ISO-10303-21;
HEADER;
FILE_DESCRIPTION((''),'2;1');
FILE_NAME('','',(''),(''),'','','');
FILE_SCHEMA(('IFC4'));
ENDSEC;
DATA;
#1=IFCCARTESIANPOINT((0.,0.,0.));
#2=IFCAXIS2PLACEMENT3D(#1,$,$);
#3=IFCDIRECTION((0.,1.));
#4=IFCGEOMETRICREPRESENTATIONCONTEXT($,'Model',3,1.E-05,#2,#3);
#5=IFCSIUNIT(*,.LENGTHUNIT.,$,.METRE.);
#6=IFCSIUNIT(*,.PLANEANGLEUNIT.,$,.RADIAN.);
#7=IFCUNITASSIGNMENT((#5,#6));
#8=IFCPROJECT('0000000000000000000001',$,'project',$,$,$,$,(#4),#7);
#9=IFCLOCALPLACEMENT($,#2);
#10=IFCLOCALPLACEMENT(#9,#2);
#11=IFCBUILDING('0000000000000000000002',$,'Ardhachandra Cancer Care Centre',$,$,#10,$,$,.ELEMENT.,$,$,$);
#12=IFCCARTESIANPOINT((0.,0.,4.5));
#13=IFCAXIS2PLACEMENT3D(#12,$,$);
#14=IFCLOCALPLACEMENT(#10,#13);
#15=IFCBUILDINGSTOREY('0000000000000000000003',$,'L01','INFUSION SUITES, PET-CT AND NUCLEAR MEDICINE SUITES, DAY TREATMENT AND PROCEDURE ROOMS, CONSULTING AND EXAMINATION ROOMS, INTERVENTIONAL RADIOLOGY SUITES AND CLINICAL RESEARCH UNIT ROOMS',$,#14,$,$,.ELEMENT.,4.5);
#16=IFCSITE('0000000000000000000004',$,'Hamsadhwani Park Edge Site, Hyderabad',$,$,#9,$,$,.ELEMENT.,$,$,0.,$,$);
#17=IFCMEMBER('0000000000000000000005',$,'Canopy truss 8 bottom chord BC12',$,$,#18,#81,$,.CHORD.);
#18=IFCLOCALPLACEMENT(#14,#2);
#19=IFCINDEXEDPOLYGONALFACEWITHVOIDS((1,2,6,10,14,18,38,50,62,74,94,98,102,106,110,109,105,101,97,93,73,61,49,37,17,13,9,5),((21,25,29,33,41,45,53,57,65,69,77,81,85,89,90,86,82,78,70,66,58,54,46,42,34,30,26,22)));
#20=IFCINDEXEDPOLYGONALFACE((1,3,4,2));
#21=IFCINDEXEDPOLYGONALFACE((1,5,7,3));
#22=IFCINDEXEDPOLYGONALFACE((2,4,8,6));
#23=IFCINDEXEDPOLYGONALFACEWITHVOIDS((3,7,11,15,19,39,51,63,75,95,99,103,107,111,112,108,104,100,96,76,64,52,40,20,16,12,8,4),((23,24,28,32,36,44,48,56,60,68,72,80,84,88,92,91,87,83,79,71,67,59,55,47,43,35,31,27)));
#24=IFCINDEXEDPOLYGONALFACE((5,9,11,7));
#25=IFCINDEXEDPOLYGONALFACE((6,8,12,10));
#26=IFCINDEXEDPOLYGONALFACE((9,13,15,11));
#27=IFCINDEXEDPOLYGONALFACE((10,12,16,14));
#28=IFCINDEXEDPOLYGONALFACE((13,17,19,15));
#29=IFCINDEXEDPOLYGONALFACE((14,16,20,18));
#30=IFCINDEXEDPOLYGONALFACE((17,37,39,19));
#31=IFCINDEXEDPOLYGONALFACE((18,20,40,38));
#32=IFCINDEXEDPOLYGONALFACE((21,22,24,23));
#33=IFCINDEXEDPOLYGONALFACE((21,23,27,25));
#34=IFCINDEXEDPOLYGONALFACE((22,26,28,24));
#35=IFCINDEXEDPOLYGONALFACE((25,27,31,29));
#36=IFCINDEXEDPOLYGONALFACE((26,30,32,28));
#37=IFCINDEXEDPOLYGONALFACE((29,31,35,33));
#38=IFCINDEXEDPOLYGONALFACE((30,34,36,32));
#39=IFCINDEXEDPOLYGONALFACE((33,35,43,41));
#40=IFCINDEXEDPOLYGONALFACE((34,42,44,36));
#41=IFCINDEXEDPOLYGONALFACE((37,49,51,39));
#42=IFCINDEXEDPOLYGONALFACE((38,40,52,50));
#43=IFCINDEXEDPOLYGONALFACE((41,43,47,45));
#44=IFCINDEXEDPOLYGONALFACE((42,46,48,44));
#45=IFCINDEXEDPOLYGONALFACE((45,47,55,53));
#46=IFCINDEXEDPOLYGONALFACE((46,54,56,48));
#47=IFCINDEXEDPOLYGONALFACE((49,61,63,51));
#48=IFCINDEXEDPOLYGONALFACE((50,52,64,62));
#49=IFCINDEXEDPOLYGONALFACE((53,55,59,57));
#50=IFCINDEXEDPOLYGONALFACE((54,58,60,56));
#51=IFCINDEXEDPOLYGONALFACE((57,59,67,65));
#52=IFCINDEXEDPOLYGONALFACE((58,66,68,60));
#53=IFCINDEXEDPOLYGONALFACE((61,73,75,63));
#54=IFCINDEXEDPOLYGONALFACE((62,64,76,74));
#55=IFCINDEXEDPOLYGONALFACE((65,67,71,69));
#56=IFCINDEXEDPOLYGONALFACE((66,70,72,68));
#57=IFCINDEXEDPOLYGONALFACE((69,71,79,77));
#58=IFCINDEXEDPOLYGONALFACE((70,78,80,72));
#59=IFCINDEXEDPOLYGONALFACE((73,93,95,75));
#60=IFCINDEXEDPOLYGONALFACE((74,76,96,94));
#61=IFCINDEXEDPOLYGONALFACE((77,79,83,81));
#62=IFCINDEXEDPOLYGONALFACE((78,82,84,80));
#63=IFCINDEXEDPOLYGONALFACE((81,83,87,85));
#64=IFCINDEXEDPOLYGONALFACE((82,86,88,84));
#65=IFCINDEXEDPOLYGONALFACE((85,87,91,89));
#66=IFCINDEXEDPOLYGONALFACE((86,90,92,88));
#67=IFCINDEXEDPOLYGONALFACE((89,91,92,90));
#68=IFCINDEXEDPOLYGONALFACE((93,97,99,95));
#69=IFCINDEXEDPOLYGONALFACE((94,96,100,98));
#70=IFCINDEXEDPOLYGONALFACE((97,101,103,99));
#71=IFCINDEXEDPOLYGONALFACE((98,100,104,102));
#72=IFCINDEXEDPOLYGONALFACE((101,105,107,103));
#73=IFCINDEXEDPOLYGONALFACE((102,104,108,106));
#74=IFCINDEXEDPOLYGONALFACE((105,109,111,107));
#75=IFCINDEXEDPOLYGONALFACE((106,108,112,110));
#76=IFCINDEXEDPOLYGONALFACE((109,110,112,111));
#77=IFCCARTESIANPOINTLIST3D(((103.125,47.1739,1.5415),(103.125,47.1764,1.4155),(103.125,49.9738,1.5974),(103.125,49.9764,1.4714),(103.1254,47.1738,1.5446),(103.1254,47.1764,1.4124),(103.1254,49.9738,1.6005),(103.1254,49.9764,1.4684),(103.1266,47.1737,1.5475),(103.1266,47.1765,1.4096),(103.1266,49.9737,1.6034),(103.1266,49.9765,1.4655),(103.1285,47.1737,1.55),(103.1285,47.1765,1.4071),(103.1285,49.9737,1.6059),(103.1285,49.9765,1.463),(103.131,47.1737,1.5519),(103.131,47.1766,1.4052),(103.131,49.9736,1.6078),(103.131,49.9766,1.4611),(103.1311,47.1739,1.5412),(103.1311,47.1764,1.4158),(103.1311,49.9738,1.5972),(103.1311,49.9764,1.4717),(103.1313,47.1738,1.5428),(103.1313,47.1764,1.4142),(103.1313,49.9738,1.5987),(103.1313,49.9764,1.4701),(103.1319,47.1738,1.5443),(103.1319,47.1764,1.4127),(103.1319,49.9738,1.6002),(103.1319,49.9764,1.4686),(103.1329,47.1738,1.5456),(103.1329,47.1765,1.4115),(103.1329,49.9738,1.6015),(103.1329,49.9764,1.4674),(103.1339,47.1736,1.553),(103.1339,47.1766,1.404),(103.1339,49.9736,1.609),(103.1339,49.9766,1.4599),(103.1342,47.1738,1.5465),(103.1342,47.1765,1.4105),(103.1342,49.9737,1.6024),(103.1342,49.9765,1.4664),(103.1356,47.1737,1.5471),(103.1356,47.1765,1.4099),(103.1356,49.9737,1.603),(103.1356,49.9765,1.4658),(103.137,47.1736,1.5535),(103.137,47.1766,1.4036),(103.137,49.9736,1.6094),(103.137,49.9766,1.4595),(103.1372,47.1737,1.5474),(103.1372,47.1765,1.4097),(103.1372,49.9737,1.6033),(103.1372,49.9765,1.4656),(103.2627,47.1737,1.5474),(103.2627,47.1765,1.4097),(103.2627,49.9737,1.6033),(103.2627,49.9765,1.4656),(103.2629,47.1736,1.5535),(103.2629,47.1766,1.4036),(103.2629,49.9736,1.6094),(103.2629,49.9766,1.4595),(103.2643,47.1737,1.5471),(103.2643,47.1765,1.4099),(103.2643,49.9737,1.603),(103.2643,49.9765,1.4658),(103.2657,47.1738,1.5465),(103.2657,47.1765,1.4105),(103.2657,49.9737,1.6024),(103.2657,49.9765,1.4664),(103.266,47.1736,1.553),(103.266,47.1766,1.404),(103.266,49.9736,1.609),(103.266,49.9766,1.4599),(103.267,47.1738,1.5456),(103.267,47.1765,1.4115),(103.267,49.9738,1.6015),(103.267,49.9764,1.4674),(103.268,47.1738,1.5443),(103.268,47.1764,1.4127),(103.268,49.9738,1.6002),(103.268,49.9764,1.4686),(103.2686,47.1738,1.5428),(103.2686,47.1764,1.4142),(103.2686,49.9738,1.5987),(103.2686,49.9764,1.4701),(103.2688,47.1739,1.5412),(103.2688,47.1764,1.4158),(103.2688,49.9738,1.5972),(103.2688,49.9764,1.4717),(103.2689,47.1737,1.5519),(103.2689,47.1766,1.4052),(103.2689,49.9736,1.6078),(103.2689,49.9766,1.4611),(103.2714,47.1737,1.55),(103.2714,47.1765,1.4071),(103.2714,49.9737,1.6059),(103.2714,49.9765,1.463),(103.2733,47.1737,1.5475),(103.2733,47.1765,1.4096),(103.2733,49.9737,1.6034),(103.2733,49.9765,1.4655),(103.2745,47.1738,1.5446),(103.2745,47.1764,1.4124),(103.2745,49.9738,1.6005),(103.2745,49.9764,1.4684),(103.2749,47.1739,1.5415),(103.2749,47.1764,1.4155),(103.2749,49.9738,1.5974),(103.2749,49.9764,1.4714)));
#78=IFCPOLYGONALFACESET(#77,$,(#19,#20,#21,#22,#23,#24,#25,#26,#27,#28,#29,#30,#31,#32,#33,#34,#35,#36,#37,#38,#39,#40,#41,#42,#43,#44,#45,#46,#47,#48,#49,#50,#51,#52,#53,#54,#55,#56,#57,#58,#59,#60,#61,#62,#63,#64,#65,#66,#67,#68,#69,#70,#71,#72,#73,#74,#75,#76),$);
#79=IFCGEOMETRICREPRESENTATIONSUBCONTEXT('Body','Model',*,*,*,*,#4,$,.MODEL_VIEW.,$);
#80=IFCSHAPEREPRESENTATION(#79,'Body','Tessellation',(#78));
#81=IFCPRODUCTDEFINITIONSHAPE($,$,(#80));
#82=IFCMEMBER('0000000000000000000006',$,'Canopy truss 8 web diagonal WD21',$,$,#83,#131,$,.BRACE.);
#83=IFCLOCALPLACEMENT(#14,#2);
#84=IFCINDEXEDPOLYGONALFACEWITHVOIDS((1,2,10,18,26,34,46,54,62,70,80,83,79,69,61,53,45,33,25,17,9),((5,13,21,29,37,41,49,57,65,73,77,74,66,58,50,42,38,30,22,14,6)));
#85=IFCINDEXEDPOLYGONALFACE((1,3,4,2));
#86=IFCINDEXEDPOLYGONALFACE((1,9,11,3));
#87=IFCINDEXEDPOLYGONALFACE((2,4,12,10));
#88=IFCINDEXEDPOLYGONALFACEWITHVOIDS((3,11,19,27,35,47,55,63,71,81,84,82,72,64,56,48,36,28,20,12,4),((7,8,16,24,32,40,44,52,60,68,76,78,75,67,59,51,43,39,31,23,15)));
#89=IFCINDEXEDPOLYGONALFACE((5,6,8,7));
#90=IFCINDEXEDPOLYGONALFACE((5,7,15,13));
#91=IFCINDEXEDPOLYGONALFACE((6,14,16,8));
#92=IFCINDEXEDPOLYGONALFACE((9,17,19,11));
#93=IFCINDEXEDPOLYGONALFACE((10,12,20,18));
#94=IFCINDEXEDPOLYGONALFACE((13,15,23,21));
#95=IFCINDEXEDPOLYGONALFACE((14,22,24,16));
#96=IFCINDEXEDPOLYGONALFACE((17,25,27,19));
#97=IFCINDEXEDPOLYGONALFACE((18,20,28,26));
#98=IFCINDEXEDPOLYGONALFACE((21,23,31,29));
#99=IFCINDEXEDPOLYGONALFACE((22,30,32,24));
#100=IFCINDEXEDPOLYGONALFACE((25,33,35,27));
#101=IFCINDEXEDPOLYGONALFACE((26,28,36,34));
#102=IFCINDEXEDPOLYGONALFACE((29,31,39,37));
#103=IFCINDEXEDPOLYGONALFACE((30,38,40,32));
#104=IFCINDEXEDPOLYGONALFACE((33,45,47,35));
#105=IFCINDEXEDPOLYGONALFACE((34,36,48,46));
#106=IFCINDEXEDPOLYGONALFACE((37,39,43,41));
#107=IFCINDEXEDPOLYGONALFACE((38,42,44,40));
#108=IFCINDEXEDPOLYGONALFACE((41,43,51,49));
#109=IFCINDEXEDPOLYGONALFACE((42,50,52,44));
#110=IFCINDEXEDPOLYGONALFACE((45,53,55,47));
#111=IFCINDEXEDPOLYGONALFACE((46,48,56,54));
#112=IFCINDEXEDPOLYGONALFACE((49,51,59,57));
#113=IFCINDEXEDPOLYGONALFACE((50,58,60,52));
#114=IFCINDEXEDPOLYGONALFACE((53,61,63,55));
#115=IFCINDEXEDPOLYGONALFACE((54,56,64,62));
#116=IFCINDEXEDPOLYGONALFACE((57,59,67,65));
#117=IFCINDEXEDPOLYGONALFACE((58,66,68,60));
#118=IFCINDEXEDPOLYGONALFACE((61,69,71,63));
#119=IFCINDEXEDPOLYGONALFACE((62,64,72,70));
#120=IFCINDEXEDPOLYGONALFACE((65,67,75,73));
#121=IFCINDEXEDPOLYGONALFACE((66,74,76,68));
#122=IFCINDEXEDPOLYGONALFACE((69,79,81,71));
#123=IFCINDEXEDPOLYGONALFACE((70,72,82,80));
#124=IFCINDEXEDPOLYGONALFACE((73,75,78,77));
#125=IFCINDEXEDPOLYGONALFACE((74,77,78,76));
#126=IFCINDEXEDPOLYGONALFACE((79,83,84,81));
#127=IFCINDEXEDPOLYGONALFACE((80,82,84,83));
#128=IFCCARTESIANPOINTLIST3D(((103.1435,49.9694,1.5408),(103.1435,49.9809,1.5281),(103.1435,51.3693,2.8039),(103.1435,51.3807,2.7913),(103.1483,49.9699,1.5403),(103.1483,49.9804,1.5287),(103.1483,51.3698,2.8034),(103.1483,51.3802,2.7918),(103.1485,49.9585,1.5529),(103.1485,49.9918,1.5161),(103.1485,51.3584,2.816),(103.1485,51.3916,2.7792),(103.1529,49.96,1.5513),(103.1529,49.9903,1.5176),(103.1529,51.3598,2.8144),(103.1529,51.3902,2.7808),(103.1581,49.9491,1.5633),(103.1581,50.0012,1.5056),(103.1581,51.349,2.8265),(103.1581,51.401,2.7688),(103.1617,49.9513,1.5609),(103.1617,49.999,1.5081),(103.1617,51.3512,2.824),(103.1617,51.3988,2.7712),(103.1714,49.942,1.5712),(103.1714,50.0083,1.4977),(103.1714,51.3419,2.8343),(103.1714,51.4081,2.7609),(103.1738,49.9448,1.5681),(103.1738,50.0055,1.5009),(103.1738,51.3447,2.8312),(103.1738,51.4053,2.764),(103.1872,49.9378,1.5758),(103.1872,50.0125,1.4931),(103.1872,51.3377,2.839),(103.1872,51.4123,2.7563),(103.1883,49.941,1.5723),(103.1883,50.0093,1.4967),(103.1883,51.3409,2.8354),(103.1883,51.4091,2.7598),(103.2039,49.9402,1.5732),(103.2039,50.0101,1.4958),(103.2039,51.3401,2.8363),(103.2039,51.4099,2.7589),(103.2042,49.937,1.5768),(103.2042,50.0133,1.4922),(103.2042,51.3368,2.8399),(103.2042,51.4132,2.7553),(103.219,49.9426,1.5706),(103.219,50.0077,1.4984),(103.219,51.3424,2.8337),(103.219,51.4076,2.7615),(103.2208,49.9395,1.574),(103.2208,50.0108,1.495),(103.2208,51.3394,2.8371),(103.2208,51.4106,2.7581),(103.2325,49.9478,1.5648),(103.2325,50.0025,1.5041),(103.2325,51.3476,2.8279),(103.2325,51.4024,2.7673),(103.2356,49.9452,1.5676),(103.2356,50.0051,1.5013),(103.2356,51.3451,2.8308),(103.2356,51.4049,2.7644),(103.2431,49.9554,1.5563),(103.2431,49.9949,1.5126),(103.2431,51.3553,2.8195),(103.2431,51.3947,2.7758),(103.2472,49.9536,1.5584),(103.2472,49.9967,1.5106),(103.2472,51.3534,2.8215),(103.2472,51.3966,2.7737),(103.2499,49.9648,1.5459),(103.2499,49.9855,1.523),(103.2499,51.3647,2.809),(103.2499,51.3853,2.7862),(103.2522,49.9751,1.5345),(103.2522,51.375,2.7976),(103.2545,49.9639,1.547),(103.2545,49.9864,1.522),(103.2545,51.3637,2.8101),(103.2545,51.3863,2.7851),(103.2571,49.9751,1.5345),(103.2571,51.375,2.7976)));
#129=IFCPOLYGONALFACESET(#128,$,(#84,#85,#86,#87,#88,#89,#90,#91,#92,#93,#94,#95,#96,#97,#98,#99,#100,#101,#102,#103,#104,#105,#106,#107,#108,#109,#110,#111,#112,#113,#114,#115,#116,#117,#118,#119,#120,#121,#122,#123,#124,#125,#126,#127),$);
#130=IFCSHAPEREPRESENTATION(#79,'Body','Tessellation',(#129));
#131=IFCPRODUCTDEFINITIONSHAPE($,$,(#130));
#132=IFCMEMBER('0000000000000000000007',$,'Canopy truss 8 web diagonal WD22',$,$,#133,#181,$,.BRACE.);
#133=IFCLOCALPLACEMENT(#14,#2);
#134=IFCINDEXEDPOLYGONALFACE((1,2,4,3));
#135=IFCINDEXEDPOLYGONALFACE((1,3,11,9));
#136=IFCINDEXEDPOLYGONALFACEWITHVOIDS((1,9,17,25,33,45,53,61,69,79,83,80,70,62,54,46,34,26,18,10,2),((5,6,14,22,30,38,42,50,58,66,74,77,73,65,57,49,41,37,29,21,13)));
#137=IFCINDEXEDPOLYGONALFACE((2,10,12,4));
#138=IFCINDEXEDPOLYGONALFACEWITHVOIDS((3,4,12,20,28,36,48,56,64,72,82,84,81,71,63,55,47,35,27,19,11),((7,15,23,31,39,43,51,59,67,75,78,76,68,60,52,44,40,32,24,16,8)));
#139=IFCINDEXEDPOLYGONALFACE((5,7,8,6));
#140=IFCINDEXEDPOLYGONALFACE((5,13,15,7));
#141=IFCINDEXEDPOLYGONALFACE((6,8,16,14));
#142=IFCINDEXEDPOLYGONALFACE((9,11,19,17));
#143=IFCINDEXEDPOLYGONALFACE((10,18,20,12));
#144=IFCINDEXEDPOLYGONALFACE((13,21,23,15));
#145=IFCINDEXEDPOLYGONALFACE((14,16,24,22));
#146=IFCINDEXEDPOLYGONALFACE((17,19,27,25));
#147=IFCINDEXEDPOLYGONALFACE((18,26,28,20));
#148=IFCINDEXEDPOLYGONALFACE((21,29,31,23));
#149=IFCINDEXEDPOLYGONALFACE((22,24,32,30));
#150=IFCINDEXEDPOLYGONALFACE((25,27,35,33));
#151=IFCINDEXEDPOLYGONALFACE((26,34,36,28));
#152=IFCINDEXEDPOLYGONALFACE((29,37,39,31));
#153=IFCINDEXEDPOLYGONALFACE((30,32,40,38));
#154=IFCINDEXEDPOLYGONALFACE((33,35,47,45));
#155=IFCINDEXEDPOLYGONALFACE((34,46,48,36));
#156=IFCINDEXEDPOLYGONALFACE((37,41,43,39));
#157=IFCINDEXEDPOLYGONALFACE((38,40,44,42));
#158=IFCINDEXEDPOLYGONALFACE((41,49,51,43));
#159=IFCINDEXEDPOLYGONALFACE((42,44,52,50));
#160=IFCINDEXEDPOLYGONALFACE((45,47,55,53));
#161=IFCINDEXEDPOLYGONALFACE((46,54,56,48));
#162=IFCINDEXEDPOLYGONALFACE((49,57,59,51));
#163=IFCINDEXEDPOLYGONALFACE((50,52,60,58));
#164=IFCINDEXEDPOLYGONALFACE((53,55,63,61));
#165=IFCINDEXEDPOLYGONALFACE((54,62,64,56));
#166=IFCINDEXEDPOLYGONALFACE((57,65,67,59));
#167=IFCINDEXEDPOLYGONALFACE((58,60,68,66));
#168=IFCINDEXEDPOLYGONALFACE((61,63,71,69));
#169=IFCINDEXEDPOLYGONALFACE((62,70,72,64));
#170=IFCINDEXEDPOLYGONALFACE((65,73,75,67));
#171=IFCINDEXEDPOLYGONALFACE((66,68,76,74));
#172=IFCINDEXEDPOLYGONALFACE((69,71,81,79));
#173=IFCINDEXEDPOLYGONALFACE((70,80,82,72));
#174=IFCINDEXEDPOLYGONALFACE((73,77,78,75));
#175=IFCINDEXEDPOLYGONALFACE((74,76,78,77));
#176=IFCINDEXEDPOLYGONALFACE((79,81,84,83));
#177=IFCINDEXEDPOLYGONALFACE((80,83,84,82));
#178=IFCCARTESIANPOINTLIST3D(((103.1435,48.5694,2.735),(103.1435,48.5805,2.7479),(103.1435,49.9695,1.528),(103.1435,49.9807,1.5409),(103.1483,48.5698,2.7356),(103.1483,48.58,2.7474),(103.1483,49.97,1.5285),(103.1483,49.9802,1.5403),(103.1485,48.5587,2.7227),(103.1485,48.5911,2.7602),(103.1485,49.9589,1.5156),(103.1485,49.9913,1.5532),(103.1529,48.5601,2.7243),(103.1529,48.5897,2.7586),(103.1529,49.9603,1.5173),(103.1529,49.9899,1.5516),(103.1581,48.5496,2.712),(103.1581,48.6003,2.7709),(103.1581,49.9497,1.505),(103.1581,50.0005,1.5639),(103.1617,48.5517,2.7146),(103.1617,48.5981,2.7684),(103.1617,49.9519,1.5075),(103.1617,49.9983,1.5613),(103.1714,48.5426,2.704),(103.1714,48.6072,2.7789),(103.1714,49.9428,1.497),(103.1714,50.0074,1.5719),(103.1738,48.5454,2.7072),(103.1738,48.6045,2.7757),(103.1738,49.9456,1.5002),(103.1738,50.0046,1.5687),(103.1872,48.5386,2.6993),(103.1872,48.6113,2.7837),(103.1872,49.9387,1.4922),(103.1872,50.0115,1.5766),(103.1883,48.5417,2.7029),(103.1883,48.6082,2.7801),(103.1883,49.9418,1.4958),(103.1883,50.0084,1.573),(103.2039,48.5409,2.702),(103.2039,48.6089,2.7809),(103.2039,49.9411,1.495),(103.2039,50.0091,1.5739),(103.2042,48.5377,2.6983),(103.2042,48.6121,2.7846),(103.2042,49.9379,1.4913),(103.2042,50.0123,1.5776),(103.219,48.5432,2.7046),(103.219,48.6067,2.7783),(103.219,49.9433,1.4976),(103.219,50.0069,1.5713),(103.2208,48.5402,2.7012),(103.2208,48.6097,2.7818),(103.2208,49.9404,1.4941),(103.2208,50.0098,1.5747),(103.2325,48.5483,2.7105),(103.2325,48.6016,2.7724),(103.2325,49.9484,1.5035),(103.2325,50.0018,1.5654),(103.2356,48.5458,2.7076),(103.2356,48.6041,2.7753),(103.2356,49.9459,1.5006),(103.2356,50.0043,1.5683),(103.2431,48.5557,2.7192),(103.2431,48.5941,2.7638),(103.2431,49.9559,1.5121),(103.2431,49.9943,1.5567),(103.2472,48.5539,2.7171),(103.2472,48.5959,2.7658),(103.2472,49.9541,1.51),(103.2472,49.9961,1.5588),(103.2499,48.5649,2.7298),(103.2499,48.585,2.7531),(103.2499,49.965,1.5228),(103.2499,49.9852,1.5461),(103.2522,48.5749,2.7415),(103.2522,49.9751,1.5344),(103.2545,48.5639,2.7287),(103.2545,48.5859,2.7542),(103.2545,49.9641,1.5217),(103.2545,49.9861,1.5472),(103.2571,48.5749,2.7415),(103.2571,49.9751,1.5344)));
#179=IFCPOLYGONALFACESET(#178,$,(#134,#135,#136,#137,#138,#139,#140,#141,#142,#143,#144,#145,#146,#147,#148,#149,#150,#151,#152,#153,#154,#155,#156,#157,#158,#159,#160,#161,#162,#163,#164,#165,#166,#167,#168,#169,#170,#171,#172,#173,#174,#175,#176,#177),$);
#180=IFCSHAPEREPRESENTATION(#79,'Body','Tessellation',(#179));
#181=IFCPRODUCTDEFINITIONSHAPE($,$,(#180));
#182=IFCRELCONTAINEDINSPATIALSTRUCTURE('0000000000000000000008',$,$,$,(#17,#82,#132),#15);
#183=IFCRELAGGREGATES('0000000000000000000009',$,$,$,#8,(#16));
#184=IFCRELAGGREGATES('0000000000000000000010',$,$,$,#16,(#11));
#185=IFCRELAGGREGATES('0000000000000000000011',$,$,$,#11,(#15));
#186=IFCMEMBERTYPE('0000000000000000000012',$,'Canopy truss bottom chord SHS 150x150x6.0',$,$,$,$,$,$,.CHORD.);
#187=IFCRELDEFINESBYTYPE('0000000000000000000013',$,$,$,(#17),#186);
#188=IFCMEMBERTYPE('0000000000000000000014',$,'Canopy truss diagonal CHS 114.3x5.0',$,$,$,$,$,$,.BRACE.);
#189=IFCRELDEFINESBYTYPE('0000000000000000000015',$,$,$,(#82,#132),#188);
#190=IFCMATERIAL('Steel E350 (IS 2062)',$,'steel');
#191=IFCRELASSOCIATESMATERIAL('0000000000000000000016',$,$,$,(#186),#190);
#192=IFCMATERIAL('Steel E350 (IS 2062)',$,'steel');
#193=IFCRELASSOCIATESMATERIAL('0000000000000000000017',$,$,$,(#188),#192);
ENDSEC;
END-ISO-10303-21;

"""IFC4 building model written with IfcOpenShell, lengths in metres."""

from ifc_helpers import new_model, si_unit, direction, frame, origin, origin_2d, place, context, subcontext, project, spatial, hollow_rectangle, hollow_circle, extrude, material, material_profile, profile_set, type_object, element, save


model = new_model("IFC4")

# Units and contexts
model_context = context("Model", 3, precision=1e-05, world=origin(), true_north=direction((0.0, 1.0)))
body_context = subcontext(model_context, "Body", "Model", "MODEL_VIEW")
ifc_project = project(units=[si_unit("LENGTHUNIT", "METRE"), si_unit("PLANEANGLEUNIT", "RADIAN")], contexts=[model_context])

# Site, building, storey
site_placement = place(None, origin())
site = spatial("IfcSite", under=ifc_project, at=site_placement, Name="Hamsadhwani Park Edge Site, Hyderabad", CompositionType="ELEMENT", RefElevation=0.0)
building_placement = place(site_placement, origin())
building = spatial("IfcBuilding", under=site, at=building_placement, Name="Ardhachandra Cancer Care Centre", CompositionType="ELEMENT")
storey_placement = place(building_placement, frame((0.0, 0.0, 4.5)))
storey = spatial("IfcBuildingStorey", under=building, at=storey_placement, Name="L01", Description="INFUSION SUITES, PET-CT AND NUCLEAR MEDICINE SUITES, DAY TREATMENT AND PROCEDURE ROOMS, CONSULTING AND EXAMINATION ROOMS, INTERVENTIONAL RADIOLOGY SUITES AND CLINICAL RESEARCH UNIT ROOMS", CompositionType="ELEMENT", Elevation=4.5)

# Members
ifc_material_1 = material(Name="Steel E350 (IS 2062)", Category="steel")
ifc_material_profile_1 = material_profile(ifc_material_1, hollow_rectangle(XDim=0.1499, YDim=0.1499, WallThickness=0.0061, InnerFilletRadius=0.0061, OuterFilletRadius=0.012, at=origin_2d()), Name="SHS 150x150x6.0")
ifc_profile_set_1 = profile_set([ifc_material_profile_1], Name="Steel E350 (IS 2062)")
member_type_1 = type_object("IfcMemberType", Name="Canopy truss bottom chord SHS 150x150x6.0", PredefinedType="CHORD", material=ifc_profile_set_1)
member_1_placement = place(storey_placement, frame((103.2, 49.9751, 1.5344), z_axis=(0.0, -0.999801, -0.019963), x_axis=(1.0, 0.0, 0.0)))
element("IfcMember", 1, at=member_1_placement, inside=storey, type_object=member_type_1, Name="Canopy truss 8 bottom chord BC12", PredefinedType="CHORD", context=body_context, shape_type="SweptSolid", body=[
    extrude(hollow_rectangle(XDim=0.1499, YDim=0.1499, WallThickness=0.0061, InnerFilletRadius=0.0061, OuterFilletRadius=0.012, at=origin_2d()), origin(), (0.0, 0.0, 1.0), 2.8005),
])
ifc_material_2 = material(Name="Steel E350 (IS 2062)", Category="steel")
ifc_material_profile_2 = material_profile(ifc_material_2, hollow_circle(Radius=0.0571, WallThickness=0.0049, at=origin_2d()), Name="CHS 114.3x5.0")
ifc_profile_set_2 = profile_set([ifc_material_profile_2], Name="Steel E350 (IS 2062)")
member_type_2 = type_object("IfcMemberType", Name="Canopy truss diagonal CHS 114.3x5.0", PredefinedType="BRACE", material=ifc_profile_set_2)
member_2_placement = place(storey_placement, frame((103.2, 51.375, 2.7976), z_axis=(0.0, -0.742431, -0.669923), x_axis=(1.0, 0.0, 0.0)))
element("IfcMember", 2, at=member_2_placement, inside=storey, type_object=member_type_2, Name="Canopy truss 8 web diagonal WD21", PredefinedType="BRACE", context=body_context, shape_type="SweptSolid", body=[
    extrude(hollow_circle(Radius=0.0571, WallThickness=0.0049, at=origin_2d()), origin(), (0.0, 0.0, 1.0), 1.8855),
])
member_3_placement = place(storey_placement, frame((103.2, 49.9751, 1.5344), z_axis=(0.0, -0.757408, 0.652942), x_axis=(1.0, 0.0, 0.0)))
element("IfcMember", 3, at=member_3_placement, inside=storey, type_object=member_type_2, Name="Canopy truss 8 web diagonal WD22", PredefinedType="BRACE", context=body_context, shape_type="SweptSolid", body=[
    extrude(hollow_circle(Radius=0.0571, WallThickness=0.0049, at=origin_2d()), origin(), (0.0, 0.0, 1.0), 1.8486),
])

save(model, "model.ifc")
